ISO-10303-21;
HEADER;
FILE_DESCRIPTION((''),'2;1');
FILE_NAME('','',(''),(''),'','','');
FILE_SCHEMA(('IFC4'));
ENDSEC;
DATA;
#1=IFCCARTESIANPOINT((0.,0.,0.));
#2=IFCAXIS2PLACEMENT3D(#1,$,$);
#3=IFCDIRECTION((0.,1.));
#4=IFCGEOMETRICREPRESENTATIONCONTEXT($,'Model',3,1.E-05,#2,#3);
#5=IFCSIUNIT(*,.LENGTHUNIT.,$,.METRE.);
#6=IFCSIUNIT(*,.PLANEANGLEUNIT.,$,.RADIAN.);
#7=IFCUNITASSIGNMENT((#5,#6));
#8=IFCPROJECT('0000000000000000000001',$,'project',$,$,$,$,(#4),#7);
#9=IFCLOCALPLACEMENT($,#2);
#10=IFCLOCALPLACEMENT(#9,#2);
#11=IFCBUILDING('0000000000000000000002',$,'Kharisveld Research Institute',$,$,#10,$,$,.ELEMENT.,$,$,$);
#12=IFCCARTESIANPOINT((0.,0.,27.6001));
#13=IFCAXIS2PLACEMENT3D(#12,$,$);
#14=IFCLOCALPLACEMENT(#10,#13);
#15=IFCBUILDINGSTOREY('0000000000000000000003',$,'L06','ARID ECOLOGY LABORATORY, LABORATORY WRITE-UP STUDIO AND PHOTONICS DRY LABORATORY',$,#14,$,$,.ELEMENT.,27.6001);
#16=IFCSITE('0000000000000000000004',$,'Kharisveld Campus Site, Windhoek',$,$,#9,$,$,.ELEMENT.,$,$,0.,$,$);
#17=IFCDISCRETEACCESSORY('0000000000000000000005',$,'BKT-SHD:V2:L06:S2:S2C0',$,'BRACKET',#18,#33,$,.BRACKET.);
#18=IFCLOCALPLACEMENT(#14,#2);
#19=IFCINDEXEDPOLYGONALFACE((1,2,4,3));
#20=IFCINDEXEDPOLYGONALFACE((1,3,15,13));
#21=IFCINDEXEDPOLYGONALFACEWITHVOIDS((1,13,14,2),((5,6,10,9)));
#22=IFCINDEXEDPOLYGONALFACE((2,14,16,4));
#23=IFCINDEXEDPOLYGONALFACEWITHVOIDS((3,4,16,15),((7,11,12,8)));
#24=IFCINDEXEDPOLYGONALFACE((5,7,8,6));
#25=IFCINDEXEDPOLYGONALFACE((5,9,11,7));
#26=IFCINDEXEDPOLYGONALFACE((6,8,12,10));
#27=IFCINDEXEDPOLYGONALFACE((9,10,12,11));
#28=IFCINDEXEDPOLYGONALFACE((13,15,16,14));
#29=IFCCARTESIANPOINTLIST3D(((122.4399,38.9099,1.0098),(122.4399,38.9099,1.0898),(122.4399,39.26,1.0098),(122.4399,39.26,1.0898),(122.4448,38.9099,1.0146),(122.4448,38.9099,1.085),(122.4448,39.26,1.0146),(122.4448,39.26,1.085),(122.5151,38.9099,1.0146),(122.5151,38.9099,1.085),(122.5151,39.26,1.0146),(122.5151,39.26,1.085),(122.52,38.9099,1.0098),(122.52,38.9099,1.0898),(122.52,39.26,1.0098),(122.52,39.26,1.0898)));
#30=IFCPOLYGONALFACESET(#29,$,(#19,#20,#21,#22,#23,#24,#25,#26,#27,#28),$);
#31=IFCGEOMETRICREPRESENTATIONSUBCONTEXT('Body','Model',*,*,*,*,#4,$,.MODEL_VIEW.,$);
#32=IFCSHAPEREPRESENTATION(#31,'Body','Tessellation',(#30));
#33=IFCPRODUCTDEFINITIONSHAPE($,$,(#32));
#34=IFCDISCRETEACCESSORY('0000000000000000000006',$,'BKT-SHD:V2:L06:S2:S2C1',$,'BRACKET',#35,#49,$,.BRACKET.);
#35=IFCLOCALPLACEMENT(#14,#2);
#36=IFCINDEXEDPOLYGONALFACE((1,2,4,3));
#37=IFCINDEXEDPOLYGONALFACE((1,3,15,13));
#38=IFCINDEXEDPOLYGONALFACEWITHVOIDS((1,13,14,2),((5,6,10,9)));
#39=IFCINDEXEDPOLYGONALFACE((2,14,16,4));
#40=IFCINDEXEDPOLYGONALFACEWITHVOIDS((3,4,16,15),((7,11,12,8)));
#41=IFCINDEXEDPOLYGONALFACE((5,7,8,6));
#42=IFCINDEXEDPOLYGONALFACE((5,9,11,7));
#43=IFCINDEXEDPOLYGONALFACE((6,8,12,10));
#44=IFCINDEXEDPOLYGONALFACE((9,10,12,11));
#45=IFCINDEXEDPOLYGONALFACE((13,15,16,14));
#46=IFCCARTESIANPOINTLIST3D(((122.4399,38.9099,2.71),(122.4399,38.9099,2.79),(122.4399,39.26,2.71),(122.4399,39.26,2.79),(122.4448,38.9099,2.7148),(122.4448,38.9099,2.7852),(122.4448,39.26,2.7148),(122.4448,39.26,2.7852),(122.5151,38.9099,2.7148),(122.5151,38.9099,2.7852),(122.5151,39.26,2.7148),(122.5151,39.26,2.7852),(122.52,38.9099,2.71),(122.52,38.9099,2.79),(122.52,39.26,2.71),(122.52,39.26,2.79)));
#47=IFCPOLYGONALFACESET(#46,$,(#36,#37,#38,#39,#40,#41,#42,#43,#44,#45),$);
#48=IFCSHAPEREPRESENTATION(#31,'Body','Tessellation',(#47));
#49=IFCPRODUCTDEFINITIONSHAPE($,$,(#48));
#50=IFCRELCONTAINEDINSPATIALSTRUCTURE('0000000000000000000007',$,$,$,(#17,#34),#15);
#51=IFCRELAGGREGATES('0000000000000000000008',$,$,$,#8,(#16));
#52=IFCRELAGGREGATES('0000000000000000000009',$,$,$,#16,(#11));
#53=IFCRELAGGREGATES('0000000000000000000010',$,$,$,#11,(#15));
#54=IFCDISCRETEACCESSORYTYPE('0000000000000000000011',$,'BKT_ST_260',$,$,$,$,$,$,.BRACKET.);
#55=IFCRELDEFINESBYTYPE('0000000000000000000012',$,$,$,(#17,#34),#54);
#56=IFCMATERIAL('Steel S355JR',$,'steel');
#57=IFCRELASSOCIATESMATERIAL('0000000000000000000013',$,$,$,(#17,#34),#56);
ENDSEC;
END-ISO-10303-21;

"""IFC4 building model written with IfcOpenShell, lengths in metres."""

from ifc_helpers import new_model, si_unit, direction, frame, origin, origin_2d, place, context, subcontext, project, spatial, hollow_rectangle, extrude, material, type_object, element, save


model = new_model("IFC4")

# Units and contexts
model_context = context("Model", 3, precision=1e-05, world=origin(), true_north=direction((0.0, 1.0)))
body_context = subcontext(model_context, "Body", "Model", "MODEL_VIEW")
ifc_project = project(units=[si_unit("LENGTHUNIT", "METRE"), si_unit("PLANEANGLEUNIT", "RADIAN")], contexts=[model_context])

# Site, building, storey
site_placement = place(None, origin())
site = spatial("IfcSite", under=ifc_project, at=site_placement, Name="Kharisveld Campus Site, Windhoek", CompositionType="ELEMENT", RefElevation=0.0)
building_placement = place(site_placement, origin())
building = spatial("IfcBuilding", under=site, at=building_placement, Name="Kharisveld Research Institute", CompositionType="ELEMENT")
storey_placement = place(building_placement, frame((0.0, 0.0, 27.6001)))
storey = spatial("IfcBuildingStorey", under=building, at=storey_placement, Name="L06", Description="ARID ECOLOGY LABORATORY, LABORATORY WRITE-UP STUDIO AND PHOTONICS DRY LABORATORY", CompositionType="ELEMENT", Elevation=27.6001)

# Discrete accessories
ifc_material_1 = material(Name="Steel S355JR", Category="steel")
discrete_accessory_type = type_object("IfcDiscreteAccessoryType", Name="BKT_ST_260", PredefinedType="BRACKET")
for number, where, z_axis, x_axis, name in (
    (1, (122.48, 39.26, 1.0498), (0.0, -1.0, 0.0), (1.0, 0.0, 0.0), "BKT-SHD:V2:L06:S2:S2C0"),
    (2, (122.48, 39.26, 2.75), (0.0, -1.0, 0.0), (1.0, 0.0, 0.0), "BKT-SHD:V2:L06:S2:S2C1"),
):
    element("IfcDiscreteAccessory", number, at=place(storey_placement, frame(where, z_axis=z_axis, x_axis=x_axis)), inside=storey, type_object=discrete_accessory_type, material=ifc_material_1, Name=name, ObjectType="BRACKET", PredefinedType="BRACKET", context=body_context, shape_type="SweptSolid", body=[
        extrude(hollow_rectangle(XDim=0.0801, YDim=0.0801, WallThickness=0.0049, at=origin_2d()), origin(), (0.0, 0.0, 1.0), 0.3501),
    ])

save(model, "model.ifc")
